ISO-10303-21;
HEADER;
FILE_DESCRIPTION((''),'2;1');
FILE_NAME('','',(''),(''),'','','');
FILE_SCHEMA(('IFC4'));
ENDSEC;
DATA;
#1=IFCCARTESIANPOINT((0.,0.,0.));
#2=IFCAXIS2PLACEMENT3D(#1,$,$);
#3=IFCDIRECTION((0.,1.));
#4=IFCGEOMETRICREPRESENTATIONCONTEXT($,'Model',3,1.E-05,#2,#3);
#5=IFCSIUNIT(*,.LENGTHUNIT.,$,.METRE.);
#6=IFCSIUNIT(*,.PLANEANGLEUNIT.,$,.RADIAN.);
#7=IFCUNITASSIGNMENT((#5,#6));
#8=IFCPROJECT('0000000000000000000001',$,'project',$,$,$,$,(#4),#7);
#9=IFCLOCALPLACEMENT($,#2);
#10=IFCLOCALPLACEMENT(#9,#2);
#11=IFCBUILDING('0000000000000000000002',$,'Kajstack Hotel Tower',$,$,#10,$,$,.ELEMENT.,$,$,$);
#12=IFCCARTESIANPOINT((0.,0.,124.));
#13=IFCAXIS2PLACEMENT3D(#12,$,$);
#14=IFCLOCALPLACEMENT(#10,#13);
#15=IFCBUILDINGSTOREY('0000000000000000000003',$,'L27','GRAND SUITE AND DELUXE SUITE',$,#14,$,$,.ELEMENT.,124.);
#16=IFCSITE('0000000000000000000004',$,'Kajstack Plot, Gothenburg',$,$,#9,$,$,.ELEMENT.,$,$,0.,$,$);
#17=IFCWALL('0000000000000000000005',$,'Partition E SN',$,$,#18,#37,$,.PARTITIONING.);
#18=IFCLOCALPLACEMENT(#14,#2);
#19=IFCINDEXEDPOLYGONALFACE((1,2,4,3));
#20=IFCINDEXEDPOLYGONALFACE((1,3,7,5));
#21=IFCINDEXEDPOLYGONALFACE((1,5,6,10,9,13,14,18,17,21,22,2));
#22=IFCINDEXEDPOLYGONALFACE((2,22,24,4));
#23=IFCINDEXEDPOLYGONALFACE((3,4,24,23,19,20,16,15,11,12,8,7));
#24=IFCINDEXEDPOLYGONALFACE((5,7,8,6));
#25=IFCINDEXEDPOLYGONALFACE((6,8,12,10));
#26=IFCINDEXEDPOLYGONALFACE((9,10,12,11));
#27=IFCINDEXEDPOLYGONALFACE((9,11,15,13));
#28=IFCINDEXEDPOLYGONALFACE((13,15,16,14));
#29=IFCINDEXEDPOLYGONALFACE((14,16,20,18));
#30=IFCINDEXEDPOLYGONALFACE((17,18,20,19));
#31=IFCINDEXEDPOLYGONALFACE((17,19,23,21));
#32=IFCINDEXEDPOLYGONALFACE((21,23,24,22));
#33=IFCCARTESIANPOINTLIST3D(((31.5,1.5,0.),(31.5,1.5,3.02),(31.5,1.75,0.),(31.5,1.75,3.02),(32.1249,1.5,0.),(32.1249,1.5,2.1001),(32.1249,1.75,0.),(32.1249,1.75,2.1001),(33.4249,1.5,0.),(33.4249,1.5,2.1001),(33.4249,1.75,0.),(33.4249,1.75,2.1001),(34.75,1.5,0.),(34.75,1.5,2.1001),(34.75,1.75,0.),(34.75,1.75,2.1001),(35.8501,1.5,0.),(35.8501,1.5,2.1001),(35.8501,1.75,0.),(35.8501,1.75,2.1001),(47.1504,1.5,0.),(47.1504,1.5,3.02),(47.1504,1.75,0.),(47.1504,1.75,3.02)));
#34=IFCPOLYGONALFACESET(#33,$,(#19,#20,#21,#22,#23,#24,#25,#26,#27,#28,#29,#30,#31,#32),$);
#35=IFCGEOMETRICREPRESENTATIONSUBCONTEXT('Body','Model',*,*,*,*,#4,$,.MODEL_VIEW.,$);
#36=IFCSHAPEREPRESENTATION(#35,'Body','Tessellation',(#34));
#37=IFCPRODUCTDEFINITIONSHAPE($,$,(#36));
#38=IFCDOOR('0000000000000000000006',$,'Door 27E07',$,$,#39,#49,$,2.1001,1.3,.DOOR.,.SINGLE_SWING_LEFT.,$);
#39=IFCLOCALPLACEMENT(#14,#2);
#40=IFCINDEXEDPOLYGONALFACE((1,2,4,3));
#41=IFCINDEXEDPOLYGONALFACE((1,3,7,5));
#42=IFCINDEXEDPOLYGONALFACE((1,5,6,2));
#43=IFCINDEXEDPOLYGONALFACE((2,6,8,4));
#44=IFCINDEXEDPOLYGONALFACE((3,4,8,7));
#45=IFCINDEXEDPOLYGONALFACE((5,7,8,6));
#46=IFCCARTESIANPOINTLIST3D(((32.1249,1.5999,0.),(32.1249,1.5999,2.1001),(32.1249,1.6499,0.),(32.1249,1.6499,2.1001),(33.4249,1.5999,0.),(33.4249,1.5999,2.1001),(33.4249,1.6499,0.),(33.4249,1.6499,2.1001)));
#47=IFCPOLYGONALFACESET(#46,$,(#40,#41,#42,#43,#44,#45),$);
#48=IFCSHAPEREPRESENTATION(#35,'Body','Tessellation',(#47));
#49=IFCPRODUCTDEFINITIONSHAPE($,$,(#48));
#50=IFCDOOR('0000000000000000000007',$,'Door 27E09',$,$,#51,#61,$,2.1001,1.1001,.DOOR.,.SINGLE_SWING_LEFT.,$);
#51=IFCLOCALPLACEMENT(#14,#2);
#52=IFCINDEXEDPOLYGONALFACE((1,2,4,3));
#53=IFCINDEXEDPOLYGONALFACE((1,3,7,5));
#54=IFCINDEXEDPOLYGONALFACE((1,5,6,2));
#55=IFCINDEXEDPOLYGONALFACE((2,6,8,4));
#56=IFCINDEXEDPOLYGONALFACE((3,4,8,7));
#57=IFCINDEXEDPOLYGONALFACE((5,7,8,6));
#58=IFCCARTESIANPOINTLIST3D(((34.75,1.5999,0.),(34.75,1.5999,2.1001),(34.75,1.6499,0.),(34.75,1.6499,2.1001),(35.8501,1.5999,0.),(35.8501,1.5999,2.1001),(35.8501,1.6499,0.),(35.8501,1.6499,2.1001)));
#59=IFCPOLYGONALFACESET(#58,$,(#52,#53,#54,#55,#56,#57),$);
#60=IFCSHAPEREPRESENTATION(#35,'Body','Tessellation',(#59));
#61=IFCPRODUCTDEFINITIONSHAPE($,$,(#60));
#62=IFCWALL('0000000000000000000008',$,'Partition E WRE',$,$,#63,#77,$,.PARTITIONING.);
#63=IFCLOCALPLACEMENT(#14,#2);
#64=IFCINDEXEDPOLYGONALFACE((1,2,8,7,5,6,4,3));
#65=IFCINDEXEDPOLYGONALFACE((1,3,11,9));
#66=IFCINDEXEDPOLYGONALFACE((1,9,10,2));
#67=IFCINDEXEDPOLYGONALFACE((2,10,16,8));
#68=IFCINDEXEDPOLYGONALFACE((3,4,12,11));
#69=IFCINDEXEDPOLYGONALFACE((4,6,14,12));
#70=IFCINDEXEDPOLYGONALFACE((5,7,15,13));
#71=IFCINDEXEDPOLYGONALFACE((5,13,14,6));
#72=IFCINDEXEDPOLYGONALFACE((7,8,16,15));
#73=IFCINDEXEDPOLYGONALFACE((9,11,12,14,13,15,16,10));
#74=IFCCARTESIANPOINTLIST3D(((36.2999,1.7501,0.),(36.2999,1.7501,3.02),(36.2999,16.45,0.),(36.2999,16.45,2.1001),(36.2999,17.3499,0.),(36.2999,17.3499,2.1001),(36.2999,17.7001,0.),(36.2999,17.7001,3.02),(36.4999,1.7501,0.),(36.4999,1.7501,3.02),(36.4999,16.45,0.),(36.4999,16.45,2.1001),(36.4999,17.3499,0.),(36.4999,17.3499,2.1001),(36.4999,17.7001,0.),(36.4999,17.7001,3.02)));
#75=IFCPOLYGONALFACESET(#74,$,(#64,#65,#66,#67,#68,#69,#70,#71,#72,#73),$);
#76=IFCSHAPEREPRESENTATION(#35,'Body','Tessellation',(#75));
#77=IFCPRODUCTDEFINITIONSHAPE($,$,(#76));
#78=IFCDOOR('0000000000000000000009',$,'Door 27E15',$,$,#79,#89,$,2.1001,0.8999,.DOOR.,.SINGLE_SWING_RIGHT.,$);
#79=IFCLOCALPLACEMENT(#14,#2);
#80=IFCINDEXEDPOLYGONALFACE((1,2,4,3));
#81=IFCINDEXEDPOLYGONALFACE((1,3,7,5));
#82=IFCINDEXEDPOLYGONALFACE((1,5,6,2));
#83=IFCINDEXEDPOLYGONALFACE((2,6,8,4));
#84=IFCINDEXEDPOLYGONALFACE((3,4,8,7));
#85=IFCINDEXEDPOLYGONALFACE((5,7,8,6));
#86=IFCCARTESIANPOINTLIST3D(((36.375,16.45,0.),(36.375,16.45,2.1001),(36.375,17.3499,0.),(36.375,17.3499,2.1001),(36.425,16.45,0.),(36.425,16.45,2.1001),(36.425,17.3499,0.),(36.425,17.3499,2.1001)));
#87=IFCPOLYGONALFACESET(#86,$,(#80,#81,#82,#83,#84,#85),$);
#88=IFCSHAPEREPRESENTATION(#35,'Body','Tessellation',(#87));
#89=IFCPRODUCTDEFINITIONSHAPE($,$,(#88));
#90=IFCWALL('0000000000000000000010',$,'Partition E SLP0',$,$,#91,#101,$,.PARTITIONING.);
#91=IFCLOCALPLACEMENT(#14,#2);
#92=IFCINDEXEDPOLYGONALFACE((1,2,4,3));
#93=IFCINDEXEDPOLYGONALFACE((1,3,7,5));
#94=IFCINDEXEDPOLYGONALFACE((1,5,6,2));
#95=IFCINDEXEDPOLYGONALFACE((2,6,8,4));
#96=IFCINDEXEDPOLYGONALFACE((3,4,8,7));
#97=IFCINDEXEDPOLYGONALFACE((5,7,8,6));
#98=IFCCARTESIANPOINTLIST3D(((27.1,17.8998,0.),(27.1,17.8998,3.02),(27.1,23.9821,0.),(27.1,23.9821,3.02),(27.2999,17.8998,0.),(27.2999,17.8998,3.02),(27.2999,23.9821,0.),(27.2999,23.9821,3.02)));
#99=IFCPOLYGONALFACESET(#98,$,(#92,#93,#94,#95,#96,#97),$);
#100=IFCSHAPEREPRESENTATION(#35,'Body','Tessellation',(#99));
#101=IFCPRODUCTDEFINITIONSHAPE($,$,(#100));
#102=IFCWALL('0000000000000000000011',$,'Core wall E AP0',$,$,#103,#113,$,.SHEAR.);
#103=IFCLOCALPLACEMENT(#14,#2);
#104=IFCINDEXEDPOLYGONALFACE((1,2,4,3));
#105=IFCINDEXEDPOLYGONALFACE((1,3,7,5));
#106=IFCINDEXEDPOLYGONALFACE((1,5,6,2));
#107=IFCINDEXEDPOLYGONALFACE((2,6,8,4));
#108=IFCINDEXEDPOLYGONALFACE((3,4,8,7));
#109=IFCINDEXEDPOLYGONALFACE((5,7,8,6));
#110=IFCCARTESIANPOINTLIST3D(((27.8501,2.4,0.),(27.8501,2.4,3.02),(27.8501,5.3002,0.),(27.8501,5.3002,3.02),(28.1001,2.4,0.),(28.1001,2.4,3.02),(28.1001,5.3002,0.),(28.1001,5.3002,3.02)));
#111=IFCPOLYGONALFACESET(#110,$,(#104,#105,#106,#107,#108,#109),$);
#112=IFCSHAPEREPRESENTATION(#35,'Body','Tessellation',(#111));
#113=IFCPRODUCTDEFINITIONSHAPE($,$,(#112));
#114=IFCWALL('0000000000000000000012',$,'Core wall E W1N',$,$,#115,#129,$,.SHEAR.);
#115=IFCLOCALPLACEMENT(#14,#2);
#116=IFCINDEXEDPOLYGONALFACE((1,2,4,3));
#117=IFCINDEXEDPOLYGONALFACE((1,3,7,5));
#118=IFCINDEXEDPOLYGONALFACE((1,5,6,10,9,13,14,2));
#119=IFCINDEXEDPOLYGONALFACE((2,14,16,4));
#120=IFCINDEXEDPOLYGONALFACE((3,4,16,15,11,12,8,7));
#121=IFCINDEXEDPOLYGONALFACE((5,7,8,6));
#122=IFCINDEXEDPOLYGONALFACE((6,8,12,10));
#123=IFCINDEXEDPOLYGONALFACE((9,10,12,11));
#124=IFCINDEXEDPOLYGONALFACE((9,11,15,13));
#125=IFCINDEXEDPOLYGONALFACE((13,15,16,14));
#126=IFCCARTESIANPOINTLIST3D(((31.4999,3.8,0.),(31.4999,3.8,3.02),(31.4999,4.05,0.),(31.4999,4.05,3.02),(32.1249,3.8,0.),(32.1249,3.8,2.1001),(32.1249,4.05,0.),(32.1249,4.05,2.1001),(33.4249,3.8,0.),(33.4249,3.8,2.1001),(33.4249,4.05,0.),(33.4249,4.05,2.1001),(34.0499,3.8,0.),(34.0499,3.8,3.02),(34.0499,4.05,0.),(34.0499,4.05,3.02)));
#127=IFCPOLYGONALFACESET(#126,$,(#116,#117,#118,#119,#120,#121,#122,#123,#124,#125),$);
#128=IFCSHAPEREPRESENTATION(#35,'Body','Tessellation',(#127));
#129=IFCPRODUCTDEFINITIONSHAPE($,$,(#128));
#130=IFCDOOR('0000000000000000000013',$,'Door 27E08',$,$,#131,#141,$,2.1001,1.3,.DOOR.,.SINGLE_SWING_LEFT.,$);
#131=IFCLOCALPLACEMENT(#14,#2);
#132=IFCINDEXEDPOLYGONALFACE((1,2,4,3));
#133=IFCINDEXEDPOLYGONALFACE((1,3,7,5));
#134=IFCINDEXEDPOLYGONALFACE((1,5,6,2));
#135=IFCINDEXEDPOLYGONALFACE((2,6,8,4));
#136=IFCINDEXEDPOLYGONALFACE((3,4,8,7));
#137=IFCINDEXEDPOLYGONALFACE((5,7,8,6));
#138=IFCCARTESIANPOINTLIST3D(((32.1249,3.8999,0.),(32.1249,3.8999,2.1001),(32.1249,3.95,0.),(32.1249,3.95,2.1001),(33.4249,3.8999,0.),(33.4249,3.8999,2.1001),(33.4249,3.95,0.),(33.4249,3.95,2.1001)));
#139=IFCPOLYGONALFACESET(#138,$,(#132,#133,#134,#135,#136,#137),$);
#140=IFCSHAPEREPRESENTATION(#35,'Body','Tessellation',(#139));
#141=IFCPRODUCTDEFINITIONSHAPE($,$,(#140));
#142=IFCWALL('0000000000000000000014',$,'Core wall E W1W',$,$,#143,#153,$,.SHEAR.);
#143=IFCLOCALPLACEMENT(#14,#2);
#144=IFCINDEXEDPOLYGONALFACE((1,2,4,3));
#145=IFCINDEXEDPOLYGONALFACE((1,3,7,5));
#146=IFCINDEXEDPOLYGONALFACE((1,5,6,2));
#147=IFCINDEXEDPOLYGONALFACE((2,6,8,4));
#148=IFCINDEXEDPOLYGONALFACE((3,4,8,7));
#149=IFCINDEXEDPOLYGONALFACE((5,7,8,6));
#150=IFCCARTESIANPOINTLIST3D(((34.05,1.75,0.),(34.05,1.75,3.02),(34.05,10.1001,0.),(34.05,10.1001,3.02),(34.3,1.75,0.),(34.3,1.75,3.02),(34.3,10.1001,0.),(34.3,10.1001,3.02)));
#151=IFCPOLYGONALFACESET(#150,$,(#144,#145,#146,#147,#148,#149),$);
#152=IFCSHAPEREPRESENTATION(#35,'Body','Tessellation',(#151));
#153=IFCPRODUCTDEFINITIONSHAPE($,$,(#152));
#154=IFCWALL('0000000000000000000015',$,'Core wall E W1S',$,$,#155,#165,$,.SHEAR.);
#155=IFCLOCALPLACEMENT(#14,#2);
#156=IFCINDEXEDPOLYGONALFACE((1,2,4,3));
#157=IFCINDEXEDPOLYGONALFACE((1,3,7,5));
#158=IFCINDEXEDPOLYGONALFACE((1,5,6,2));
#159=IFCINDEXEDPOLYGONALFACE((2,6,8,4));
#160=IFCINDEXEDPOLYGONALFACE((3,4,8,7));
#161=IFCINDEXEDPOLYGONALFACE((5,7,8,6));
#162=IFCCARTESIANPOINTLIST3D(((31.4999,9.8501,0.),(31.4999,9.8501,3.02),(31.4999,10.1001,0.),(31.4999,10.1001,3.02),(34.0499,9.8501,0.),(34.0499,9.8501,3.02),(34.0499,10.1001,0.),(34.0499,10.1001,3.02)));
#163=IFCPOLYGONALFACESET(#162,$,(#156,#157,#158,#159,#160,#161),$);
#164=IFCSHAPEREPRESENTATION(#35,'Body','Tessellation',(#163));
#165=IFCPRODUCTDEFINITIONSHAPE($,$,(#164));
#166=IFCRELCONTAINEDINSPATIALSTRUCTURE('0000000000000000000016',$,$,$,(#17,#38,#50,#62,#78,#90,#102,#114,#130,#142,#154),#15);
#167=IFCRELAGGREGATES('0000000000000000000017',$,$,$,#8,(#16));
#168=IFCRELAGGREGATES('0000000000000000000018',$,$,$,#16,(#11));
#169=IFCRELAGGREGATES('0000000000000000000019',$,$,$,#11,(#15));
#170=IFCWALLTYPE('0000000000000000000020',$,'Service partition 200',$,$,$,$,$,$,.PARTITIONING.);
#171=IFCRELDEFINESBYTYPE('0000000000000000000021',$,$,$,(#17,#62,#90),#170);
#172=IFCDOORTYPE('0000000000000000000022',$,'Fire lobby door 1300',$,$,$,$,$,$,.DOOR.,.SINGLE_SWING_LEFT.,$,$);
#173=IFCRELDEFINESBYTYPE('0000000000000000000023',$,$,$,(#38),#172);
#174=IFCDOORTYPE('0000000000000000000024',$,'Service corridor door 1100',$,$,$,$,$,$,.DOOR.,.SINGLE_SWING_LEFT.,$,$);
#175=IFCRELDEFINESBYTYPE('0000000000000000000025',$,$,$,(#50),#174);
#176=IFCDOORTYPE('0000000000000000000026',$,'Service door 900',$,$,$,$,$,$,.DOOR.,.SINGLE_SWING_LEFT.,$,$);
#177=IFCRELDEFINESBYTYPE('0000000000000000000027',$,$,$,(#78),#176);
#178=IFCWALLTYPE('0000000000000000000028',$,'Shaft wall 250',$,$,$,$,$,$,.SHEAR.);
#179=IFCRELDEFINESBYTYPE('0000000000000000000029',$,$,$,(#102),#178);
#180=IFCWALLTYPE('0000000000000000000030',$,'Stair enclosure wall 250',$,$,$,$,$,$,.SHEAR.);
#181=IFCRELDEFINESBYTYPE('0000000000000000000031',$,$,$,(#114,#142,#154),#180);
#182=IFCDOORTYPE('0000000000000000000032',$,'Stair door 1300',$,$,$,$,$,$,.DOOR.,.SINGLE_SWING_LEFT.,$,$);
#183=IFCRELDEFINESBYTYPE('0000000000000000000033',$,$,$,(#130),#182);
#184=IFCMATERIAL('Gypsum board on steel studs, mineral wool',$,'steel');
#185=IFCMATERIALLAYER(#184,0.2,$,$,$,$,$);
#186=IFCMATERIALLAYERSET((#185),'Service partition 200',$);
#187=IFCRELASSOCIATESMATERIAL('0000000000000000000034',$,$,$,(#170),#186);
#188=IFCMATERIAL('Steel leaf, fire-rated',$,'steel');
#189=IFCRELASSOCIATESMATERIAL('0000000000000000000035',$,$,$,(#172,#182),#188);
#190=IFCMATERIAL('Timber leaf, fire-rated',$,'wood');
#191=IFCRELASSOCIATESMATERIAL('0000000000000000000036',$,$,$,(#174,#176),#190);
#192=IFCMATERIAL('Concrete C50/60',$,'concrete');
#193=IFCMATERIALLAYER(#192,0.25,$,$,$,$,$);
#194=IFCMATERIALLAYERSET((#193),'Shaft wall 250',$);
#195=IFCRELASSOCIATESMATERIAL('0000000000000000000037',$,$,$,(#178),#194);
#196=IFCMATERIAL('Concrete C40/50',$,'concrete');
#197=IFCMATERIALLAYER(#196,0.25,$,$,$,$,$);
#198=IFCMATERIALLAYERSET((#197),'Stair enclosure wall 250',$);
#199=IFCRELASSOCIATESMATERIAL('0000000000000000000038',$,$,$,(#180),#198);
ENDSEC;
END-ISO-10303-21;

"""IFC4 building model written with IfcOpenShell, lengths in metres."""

from ifc_helpers import new_model, si_unit, direction, frame, frame_2d, origin, place, context, subcontext, project, spatial, rectangle, extrude, material, layer, layer_set, type_object, element, fill, save


model = new_model("IFC4")

# Units and contexts
model_context = context("Model", 3, precision=1e-05, world=origin(), true_north=direction((0.0, 1.0)))
body_context = subcontext(model_context, "Body", "Model", "MODEL_VIEW")
ifc_project = project(units=[si_unit("LENGTHUNIT", "METRE"), si_unit("PLANEANGLEUNIT", "RADIAN")], contexts=[model_context])

# Site, building, storey
site_placement = place(None, origin())
site = spatial("IfcSite", under=ifc_project, at=site_placement, Name="Kajstack Plot, Gothenburg", CompositionType="ELEMENT", RefElevation=0.0)
building_placement = place(site_placement, origin())
building = spatial("IfcBuilding", under=site, at=building_placement, Name="Kajstack Hotel Tower", CompositionType="ELEMENT")
storey_placement = place(building_placement, frame((0.0, 0.0, 124.0)))
storey = spatial("IfcBuildingStorey", under=building, at=storey_placement, Name="L27", Description="GRAND SUITE AND DELUXE SUITE", CompositionType="ELEMENT", Elevation=124.0)

# Shared definitions
ifc_material_1 = material(Name="Concrete C40/50", Category="concrete")

# Wall, openings, doors
ifc_material_2 = material(Name="Gypsum board on steel studs, mineral wool", Category="steel")
ifc_layer_1 = layer(ifc_material_2, 0.2)
ifc_layer_set_1 = layer_set([ifc_layer_1], Name="Service partition 200")
wall_type_1 = type_object("IfcWallType", Name="Service partition 200", PredefinedType="PARTITIONING", material=ifc_layer_set_1)
wall_1_placement = place(storey_placement, frame((31.5, 1.625, 0.0), z_axis=(0.0, 0.0, 1.0), x_axis=(1.0, 0.0, 0.0)))
wall_1 = element("IfcWall", 1, at=wall_1_placement, inside=storey, type_object=wall_type_1, Name="Partition E SN", PredefinedType="PARTITIONING", context=body_context, shape_type="SweptSolid", body=[
    extrude(rectangle(XDim=15.6504, YDim=0.25, at=frame_2d((7.8252, 0.0))), origin(), (0.0, 0.0, 1.0), 3.02),
])
opening_1_placement = place(wall_1_placement, frame((0.625, 0.0, 0.0)))
opening_1 = element("IfcOpeningElement", 2, at=opening_1_placement, cuts=wall_1, PredefinedType="OPENING", context=body_context, shape_type="SweptSolid", body=[
    extrude(rectangle(XDim=1.3, YDim=2.1001, at=frame_2d((0.6499, 1.05))), frame((0.0, 0.135, 0.0), z_axis=(0.0, -1.0, 0.0), x_axis=(1.0, 0.0, 0.0)), (0.0, 0.0, 1.0), 0.27),
])
opening_2_placement = place(wall_1_placement, frame((3.25, 0.0, 0.0)))
opening_2 = element("IfcOpeningElement", 3, at=opening_2_placement, cuts=wall_1, PredefinedType="OPENING", context=body_context, shape_type="SweptSolid", body=[
    extrude(rectangle(XDim=1.1001, YDim=2.1001, at=frame_2d((0.55, 1.05))), frame((0.0, 0.135, 0.0), z_axis=(0.0, -1.0, 0.0), x_axis=(1.0, 0.0, 0.0)), (0.0, 0.0, 1.0), 0.27),
])
ifc_material_3 = material(Name="Steel leaf, fire-rated", Category="steel")
door_type_1 = type_object("IfcDoorType", Name="Fire lobby door 1300", OperationType="SINGLE_SWING_LEFT", PredefinedType="DOOR", material=ifc_material_3)
door_1_placement = place(opening_1_placement, origin())
door_1 = element("IfcDoor", 4, at=door_1_placement, inside=storey, type_object=door_type_1, Name="Door 27E07", OperationType="SINGLE_SWING_LEFT", OverallHeight=2.1001, OverallWidth=1.3, PredefinedType="DOOR", context=body_context, shape_type="SweptSolid", body=[
    extrude(rectangle(XDim=1.3, YDim=2.1001, at=frame_2d((0.6499, 1.05))), frame((0.0, 0.0249, 0.0), z_axis=(0.0, -1.0, 0.0), x_axis=(1.0, 0.0, 0.0)), (0.0, 0.0, 1.0), 0.05),
])
fill(opening_1, door_1)
ifc_material_4 = material(Name="Timber leaf, fire-rated", Category="wood")
door_type_2 = type_object("IfcDoorType", Name="Service corridor door 1100", OperationType="SINGLE_SWING_LEFT", PredefinedType="DOOR", material=ifc_material_4)
door_2_placement = place(opening_2_placement, origin())
door_2 = element("IfcDoor", 5, at=door_2_placement, inside=storey, type_object=door_type_2, Name="Door 27E09", OperationType="SINGLE_SWING_LEFT", OverallHeight=2.1001, OverallWidth=1.1001, PredefinedType="DOOR", context=body_context, shape_type="SweptSolid", body=[
    extrude(rectangle(XDim=1.1001, YDim=2.1001, at=frame_2d((0.55, 1.05))), frame((0.0, 0.0249, 0.0), z_axis=(0.0, -1.0, 0.0), x_axis=(1.0, 0.0, 0.0)), (0.0, 0.0, 1.0), 0.05),
])
fill(opening_2, door_2)

# Wall, opening, door
wall_2_placement = place(storey_placement, frame((36.3999, 1.75, 0.0), z_axis=(0.0, 0.0, 1.0), x_axis=(0.0, 1.0, 0.0)))
wall_2 = element("IfcWall", 6, at=wall_2_placement, inside=storey, type_object=wall_type_1, Name="Partition E WRE", PredefinedType="PARTITIONING", context=body_context, shape_type="SweptSolid", body=[
    extrude(rectangle(XDim=15.95, YDim=0.2, at=frame_2d((7.9751, 0.0))), origin(), (0.0, 0.0, 1.0), 3.02),
])
opening_3_placement = place(wall_2_placement, frame((14.7, 0.0, 0.0)))
opening_3 = element("IfcOpeningElement", 7, at=opening_3_placement, cuts=wall_2, PredefinedType="OPENING", context=body_context, shape_type="SweptSolid", body=[
    extrude(rectangle(XDim=0.8999, YDim=2.1001, at=frame_2d((0.45, 1.05))), frame((0.0, 0.1099, 0.0), z_axis=(0.0, -1.0, 0.0), x_axis=(1.0, 0.0, 0.0)), (0.0, 0.0, 1.0), 0.22),
])
door_type_3 = type_object("IfcDoorType", Name="Service door 900", OperationType="SINGLE_SWING_LEFT", PredefinedType="DOOR", material=ifc_material_4)
door_3_placement = place(opening_3_placement, origin())
door_3 = element("IfcDoor", 8, at=door_3_placement, inside=storey, type_object=door_type_3, Name="Door 27E15", OperationType="SINGLE_SWING_RIGHT", OverallHeight=2.1001, OverallWidth=0.8999, PredefinedType="DOOR", context=body_context, shape_type="SweptSolid", body=[
    extrude(rectangle(XDim=0.8999, YDim=2.1001, at=frame_2d((0.45, 1.05))), frame((0.0, 0.0249, 0.0), z_axis=(0.0, -1.0, 0.0), x_axis=(1.0, 0.0, 0.0)), (0.0, 0.0, 1.0), 0.05),
])
fill(opening_3, door_3)

# Walls
wall_3_placement = place(storey_placement, frame((27.2, 17.8999, 0.0), z_axis=(0.0, 0.0, 1.0), x_axis=(0.0, 1.0, 0.0)))
element("IfcWall", 9, at=wall_3_placement, inside=storey, type_object=wall_type_1, Name="Partition E SLP0", PredefinedType="PARTITIONING", context=body_context, shape_type="SweptSolid", body=[
    extrude(rectangle(XDim=6.0823, YDim=0.2, at=frame_2d((3.041, 0.0))), origin(), (0.0, 0.0, 1.0), 3.02),
])
ifc_material_5 = material(Name="Concrete C50/60", Category="concrete")
ifc_layer_2 = layer(ifc_material_5, 0.25)
ifc_layer_set_2 = layer_set([ifc_layer_2], Name="Shaft wall 250")
wall_type_2 = type_object("IfcWallType", Name="Shaft wall 250", PredefinedType="SHEAR", material=ifc_layer_set_2)
wall_4_placement = place(storey_placement, frame((27.9751, 2.3999, 0.0), z_axis=(0.0, 0.0, 1.0), x_axis=(0.0, 1.0, 0.0)))
element("IfcWall", 10, at=wall_4_placement, inside=storey, type_object=wall_type_2, Name="Core wall E AP0", PredefinedType="SHEAR", context=body_context, shape_type="SweptSolid", body=[
    extrude(rectangle(XDim=2.9001, YDim=0.25, at=frame_2d((1.4502, 0.0))), origin(), (0.0, 0.0, 1.0), 3.02),
])

# Wall, opening, door
ifc_layer_3 = layer(ifc_material_1, 0.25)
ifc_layer_set_3 = layer_set([ifc_layer_3], Name="Stair enclosure wall 250")
wall_type_3 = type_object("IfcWallType", Name="Stair enclosure wall 250", PredefinedType="SHEAR", material=ifc_layer_set_3)
wall_5_placement = place(storey_placement, frame((31.5, 3.925, 0.0), z_axis=(0.0, 0.0, 1.0), x_axis=(1.0, 0.0, 0.0)))
wall_5 = element("IfcWall", 11, at=wall_5_placement, inside=storey, type_object=wall_type_3, Name="Core wall E W1N", PredefinedType="SHEAR", context=body_context, shape_type="SweptSolid", body=[
    extrude(rectangle(XDim=2.55, YDim=0.25, at=frame_2d((1.2749, 0.0))), origin(), (0.0, 0.0, 1.0), 3.02),
])
opening_4_placement = place(wall_5_placement, frame((0.625, 0.0, 0.0)))
opening_4 = element("IfcOpeningElement", 12, at=opening_4_placement, cuts=wall_5, PredefinedType="OPENING", context=body_context, shape_type="SweptSolid", body=[
    extrude(rectangle(XDim=1.3, YDim=2.1001, at=frame_2d((0.6499, 1.05))), frame((0.0, 0.135, 0.0), z_axis=(0.0, -1.0, 0.0), x_axis=(1.0, 0.0, 0.0)), (0.0, 0.0, 1.0), 0.27),
])
door_type_4 = type_object("IfcDoorType", Name="Stair door 1300", OperationType="SINGLE_SWING_LEFT", PredefinedType="DOOR", material=ifc_material_3)
door_4_placement = place(opening_4_placement, origin())
door_4 = element("IfcDoor", 13, at=door_4_placement, inside=storey, type_object=door_type_4, Name="Door 27E08", OperationType="SINGLE_SWING_LEFT", OverallHeight=2.1001, OverallWidth=1.3, PredefinedType="DOOR", context=body_context, shape_type="SweptSolid", body=[
    extrude(rectangle(XDim=1.3, YDim=2.1001, at=frame_2d((0.6499, 1.05))), frame((0.0, 0.0249, 0.0), z_axis=(0.0, -1.0, 0.0), x_axis=(1.0, 0.0, 0.0)), (0.0, 0.0, 1.0), 0.05),
])
fill(opening_4, door_4)

# Walls
wall_6_placement = place(storey_placement, frame((34.175, 1.75, 0.0), z_axis=(0.0, 0.0, 1.0), x_axis=(0.0, 1.0, 0.0)))
element("IfcWall", 14, at=wall_6_placement, inside=storey, type_object=wall_type_3, Name="Core wall E W1W", PredefinedType="SHEAR", context=body_context, shape_type="SweptSolid", body=[
    extrude(rectangle(XDim=8.3501, YDim=0.25, at=frame_2d((4.175, 0.0))), origin(), (0.0, 0.0, 1.0), 3.02),
])
wall_7_placement = place(storey_placement, frame((31.5, 9.9751, 0.0), z_axis=(0.0, 0.0, 1.0), x_axis=(1.0, 0.0, 0.0)))
element("IfcWall", 15, at=wall_7_placement, inside=storey, type_object=wall_type_3, Name="Core wall E W1S", PredefinedType="SHEAR", context=body_context, shape_type="SweptSolid", body=[
    extrude(rectangle(XDim=2.55, YDim=0.25, at=frame_2d((1.2749, 0.0))), origin(), (0.0, 0.0, 1.0), 3.02),
])

save(model, "model.ifc")
